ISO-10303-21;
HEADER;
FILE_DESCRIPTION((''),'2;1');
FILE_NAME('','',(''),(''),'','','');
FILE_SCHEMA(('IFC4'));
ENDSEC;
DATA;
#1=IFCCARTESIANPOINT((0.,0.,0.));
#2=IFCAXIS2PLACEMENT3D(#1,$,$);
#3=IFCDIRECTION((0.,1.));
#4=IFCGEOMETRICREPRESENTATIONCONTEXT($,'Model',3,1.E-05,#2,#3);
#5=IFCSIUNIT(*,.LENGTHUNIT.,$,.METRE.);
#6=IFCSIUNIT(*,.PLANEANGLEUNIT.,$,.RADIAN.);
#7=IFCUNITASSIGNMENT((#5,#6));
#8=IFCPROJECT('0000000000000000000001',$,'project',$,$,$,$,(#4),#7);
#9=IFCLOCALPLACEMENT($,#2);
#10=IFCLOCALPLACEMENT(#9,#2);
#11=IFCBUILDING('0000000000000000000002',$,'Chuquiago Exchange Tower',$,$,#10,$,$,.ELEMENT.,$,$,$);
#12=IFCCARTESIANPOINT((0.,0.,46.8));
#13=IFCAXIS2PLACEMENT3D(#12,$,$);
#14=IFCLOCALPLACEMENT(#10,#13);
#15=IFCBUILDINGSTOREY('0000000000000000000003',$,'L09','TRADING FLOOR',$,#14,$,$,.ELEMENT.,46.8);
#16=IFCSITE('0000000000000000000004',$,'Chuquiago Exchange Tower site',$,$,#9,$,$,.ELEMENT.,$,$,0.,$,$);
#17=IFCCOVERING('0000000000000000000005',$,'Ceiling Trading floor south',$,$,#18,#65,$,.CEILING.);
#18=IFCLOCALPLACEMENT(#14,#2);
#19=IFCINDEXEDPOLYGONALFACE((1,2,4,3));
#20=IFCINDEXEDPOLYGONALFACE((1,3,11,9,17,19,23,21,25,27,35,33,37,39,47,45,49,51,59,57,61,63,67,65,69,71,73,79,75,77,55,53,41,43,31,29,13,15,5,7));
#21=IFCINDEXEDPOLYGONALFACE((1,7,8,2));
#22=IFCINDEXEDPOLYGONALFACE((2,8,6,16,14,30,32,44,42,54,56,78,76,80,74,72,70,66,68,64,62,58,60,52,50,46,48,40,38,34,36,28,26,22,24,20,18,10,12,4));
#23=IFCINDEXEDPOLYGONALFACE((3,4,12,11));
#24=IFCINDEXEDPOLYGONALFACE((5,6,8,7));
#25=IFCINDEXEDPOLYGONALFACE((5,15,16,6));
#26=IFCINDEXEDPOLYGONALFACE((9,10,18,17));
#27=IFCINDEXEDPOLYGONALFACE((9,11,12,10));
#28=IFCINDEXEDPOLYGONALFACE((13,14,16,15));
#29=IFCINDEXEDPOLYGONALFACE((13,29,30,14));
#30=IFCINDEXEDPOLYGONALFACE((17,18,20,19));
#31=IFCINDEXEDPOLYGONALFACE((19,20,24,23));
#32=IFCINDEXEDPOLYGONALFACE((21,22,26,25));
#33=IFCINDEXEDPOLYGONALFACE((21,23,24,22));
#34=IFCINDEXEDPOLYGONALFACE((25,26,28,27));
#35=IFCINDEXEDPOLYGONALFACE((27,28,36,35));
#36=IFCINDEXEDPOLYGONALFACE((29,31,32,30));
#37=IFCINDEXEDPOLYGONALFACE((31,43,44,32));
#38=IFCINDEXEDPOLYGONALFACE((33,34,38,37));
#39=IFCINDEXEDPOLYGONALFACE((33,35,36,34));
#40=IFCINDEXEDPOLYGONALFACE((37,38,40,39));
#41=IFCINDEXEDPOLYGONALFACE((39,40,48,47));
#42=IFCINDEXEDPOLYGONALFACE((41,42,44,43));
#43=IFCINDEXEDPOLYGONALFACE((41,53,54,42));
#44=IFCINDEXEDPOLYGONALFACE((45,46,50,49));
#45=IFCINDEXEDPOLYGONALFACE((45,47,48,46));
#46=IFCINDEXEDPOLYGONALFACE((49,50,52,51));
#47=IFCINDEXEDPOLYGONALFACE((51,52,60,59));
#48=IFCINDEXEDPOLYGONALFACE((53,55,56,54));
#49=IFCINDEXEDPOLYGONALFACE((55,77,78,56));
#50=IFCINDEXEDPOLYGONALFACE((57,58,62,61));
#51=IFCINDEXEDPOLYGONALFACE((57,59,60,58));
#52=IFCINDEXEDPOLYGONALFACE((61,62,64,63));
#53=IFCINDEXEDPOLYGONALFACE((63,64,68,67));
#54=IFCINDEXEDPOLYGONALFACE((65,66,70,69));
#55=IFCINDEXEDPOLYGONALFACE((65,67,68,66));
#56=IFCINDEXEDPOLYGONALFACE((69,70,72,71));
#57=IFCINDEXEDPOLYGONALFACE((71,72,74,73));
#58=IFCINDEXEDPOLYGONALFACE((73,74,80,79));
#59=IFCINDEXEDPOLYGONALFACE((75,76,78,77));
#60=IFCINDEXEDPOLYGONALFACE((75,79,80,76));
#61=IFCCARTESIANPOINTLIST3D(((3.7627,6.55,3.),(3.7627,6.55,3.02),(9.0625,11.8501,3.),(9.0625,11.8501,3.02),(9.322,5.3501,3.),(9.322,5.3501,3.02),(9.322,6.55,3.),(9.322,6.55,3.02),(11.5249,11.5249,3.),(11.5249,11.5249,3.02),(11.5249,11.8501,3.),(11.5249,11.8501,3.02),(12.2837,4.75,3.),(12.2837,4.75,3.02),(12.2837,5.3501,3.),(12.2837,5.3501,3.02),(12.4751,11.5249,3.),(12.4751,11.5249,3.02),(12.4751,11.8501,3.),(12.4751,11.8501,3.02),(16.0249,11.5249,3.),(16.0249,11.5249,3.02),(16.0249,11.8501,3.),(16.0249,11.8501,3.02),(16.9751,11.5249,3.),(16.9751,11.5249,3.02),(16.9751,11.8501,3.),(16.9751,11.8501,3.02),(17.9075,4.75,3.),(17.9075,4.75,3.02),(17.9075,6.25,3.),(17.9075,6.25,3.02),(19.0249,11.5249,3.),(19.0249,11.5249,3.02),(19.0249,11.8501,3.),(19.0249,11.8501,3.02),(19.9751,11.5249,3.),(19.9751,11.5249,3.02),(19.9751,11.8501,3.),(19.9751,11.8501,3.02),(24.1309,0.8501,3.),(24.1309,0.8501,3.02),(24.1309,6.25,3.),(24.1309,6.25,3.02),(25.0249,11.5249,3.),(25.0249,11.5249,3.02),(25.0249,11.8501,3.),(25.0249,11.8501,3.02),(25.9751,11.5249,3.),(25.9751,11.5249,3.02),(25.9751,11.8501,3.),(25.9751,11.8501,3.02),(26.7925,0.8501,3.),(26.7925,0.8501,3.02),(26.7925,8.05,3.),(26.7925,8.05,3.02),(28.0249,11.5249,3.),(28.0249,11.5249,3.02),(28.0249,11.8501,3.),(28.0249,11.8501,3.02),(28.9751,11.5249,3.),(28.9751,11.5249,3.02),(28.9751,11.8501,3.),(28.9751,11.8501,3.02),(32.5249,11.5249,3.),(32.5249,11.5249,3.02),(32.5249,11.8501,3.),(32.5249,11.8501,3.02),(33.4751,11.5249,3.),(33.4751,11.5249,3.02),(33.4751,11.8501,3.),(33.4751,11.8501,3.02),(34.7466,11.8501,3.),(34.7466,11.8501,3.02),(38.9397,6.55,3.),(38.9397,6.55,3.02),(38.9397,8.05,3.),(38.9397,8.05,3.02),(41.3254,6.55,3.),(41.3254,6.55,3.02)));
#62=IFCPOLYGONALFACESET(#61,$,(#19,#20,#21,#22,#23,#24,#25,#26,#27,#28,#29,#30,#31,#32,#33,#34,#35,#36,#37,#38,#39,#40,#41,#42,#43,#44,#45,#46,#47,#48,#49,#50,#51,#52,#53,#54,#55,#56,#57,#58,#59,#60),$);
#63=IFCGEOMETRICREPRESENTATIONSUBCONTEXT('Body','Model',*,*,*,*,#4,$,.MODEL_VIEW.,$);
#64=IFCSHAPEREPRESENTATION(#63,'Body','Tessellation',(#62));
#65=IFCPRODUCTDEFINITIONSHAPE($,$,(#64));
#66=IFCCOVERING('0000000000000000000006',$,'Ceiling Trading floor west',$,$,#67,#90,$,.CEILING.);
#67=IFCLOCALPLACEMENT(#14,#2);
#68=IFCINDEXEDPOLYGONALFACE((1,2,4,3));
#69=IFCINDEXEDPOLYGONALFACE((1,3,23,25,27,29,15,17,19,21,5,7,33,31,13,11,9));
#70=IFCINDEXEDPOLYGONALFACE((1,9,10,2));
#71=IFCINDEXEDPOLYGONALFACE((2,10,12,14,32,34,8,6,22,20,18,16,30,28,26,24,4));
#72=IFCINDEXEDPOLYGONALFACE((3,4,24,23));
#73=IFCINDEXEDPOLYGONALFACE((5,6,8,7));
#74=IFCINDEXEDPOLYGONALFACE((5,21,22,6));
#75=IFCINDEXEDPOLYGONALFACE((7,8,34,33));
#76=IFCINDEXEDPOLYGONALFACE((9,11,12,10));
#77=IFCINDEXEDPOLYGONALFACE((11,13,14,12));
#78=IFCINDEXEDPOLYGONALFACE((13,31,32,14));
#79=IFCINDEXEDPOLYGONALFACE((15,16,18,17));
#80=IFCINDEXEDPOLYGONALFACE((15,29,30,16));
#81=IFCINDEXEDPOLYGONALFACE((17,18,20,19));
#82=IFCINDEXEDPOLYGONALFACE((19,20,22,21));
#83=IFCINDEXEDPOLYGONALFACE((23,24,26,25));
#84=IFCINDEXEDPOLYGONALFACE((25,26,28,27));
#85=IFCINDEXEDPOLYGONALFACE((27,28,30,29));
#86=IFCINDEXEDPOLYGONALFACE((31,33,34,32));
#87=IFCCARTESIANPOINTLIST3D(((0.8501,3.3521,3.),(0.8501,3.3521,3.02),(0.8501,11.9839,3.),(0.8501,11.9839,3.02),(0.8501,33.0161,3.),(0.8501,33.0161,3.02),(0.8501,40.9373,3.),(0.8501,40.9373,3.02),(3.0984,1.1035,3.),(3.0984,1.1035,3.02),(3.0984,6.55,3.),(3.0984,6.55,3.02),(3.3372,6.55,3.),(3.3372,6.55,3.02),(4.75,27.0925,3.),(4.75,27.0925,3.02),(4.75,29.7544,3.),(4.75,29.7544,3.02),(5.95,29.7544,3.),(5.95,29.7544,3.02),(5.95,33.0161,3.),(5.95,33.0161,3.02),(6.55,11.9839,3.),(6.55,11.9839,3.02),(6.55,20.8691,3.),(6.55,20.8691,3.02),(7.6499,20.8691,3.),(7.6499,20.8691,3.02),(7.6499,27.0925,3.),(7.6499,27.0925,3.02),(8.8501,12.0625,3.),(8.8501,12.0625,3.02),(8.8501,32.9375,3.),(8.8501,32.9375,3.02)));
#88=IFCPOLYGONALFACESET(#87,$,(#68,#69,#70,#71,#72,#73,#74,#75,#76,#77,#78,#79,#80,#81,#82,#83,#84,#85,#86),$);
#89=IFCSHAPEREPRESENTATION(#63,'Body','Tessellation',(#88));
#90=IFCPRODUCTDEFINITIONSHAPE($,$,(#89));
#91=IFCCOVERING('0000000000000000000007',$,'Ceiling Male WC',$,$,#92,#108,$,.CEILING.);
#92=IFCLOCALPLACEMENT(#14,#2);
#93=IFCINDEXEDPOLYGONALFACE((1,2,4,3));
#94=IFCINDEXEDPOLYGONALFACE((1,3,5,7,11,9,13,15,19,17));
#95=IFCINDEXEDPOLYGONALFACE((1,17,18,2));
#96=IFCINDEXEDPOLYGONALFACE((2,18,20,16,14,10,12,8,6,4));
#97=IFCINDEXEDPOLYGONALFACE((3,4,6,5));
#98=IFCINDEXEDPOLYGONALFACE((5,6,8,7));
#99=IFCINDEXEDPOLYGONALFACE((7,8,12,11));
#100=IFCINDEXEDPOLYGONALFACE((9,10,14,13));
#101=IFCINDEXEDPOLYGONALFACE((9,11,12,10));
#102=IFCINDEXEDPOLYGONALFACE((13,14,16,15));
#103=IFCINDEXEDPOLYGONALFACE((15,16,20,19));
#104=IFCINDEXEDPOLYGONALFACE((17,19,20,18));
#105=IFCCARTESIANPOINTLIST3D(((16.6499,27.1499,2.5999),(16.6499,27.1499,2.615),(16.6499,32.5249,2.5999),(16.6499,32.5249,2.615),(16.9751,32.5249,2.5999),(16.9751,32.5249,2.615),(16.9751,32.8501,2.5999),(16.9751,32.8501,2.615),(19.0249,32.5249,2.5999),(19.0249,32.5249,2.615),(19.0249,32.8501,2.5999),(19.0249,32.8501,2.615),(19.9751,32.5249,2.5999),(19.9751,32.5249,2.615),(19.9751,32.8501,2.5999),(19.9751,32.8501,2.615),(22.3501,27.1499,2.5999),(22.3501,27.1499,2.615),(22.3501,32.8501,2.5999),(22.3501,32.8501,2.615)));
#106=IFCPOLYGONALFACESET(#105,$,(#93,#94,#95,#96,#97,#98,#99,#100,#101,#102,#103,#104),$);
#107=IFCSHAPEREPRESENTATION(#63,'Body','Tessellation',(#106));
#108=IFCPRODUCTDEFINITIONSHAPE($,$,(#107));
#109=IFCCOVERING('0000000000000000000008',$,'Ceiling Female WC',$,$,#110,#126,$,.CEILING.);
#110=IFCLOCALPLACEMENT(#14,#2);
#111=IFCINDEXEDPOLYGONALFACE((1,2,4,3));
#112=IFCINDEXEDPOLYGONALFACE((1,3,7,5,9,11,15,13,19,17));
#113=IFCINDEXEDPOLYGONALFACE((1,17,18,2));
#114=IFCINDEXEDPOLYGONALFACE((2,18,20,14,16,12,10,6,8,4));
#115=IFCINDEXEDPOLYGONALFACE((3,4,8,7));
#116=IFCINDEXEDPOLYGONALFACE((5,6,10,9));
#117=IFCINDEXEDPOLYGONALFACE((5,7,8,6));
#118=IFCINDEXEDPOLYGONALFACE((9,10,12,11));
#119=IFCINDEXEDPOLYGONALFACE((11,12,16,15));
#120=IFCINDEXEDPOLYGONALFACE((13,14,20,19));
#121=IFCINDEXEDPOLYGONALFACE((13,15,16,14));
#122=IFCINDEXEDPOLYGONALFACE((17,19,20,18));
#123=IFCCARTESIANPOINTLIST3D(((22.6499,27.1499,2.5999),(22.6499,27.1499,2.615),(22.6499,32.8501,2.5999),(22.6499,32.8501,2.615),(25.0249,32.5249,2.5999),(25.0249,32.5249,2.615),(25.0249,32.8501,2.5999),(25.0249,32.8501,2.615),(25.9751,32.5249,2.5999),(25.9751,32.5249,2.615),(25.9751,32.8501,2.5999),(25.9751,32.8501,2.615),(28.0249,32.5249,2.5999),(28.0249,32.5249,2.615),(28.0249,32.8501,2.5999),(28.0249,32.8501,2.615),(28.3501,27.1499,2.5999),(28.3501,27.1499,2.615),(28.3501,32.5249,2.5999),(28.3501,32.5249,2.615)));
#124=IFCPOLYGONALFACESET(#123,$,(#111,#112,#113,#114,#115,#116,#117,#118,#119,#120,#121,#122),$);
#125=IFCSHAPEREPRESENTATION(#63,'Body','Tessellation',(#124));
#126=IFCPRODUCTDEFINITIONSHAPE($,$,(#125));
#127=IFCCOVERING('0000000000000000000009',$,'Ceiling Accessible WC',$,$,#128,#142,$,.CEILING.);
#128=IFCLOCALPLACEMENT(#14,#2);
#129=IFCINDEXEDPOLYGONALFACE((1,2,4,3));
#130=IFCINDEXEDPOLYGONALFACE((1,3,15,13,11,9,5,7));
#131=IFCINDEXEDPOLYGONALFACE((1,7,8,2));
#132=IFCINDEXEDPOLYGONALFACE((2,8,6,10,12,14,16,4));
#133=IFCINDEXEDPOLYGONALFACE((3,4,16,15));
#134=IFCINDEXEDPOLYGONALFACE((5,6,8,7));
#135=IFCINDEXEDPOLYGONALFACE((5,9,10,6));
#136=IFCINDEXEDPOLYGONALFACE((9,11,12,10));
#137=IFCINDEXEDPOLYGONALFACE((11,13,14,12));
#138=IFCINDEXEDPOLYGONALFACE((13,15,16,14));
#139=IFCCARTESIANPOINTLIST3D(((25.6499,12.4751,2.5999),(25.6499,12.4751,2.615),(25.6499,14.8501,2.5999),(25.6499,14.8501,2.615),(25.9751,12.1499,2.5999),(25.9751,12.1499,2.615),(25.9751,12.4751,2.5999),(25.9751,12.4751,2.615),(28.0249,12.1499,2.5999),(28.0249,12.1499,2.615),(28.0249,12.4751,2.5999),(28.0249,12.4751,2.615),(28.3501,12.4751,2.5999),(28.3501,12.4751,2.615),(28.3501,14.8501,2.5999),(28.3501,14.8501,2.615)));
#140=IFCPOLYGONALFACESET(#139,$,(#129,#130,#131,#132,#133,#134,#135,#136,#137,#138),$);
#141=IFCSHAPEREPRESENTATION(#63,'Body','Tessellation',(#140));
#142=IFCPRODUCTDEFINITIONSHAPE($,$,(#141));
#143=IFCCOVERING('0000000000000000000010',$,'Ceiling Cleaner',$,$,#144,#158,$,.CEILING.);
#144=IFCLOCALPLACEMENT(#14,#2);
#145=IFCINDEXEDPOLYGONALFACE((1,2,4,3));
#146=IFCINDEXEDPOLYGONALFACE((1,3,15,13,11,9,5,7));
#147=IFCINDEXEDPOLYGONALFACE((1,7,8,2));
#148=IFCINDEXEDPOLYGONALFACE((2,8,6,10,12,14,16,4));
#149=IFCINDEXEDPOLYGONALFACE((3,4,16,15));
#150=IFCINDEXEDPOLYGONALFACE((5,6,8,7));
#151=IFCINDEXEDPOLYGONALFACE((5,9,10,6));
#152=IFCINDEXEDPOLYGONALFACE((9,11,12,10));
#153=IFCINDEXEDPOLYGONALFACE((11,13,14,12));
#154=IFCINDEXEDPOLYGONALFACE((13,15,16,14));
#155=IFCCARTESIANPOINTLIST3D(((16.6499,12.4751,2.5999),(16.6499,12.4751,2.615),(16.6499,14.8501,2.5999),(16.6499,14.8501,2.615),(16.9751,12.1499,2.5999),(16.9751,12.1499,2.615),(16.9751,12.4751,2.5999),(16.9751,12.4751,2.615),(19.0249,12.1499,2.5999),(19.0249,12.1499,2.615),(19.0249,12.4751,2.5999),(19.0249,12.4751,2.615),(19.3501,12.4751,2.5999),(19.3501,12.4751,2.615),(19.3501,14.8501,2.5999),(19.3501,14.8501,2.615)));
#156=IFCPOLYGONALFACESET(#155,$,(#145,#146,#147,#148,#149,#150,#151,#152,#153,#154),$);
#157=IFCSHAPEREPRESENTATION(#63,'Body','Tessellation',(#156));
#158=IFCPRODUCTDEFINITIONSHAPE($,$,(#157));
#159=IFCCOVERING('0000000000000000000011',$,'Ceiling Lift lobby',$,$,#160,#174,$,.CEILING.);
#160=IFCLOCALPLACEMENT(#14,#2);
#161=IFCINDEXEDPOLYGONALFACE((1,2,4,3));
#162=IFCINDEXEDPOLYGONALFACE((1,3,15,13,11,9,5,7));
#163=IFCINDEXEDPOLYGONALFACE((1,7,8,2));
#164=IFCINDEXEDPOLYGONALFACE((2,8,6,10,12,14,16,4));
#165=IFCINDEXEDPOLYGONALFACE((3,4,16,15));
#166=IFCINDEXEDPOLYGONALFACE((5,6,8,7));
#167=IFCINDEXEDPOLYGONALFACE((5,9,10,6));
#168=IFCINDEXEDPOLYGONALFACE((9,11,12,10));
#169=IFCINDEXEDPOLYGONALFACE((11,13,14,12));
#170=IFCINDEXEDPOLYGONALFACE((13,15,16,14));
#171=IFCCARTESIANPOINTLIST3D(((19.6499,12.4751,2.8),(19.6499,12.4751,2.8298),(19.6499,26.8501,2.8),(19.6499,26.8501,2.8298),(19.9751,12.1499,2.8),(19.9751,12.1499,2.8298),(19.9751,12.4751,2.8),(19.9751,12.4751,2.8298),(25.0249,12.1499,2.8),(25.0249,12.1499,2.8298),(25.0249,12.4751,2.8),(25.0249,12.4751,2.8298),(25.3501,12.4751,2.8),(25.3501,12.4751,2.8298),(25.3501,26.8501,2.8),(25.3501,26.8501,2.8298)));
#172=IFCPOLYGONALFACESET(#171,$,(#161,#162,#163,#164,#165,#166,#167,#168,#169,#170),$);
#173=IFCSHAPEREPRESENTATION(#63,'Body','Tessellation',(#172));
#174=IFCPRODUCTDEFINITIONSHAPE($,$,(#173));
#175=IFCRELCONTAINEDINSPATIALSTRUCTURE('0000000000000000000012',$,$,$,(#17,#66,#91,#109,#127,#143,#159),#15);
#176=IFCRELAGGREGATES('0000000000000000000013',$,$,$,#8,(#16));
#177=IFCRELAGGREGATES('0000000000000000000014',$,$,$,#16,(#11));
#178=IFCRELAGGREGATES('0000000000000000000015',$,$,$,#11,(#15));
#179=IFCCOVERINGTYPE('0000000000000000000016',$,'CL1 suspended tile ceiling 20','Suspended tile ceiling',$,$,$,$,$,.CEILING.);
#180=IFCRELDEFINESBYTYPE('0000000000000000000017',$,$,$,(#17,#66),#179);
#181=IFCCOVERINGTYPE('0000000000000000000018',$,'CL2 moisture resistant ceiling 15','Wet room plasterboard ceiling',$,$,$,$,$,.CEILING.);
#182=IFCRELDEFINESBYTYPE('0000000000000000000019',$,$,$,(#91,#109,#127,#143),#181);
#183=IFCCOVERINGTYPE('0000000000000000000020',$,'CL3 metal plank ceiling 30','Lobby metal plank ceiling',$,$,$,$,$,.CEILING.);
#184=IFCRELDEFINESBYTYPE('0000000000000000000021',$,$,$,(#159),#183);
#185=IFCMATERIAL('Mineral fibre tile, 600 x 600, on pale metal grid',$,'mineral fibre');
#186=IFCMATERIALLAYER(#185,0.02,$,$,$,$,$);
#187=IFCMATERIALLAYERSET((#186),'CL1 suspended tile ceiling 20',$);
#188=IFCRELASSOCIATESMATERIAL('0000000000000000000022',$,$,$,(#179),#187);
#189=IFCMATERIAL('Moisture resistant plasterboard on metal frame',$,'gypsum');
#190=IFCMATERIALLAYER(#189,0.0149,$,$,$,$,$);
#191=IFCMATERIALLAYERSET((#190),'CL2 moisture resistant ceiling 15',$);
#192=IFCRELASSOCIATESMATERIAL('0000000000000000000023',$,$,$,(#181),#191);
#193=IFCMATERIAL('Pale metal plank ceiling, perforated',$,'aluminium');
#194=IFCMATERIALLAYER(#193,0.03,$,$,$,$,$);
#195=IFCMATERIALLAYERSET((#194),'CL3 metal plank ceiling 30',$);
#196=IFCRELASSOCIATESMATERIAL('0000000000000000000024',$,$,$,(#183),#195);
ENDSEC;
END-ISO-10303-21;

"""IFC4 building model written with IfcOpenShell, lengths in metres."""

from ifc_helpers import new_model, si_unit, direction, frame, origin, place, context, subcontext, project, spatial, polyline, outline, extrude, material, layer, layer_set, type_object, element, save


model = new_model("IFC4")

# Units and contexts
model_context = context("Model", 3, precision=1e-05, world=origin(), true_north=direction((0.0, 1.0)))
body_context = subcontext(model_context, "Body", "Model", "MODEL_VIEW")
ifc_project = project(units=[si_unit("LENGTHUNIT", "METRE"), si_unit("PLANEANGLEUNIT", "RADIAN")], contexts=[model_context])

# Site, building, storey
site_placement = place(None, origin())
site = spatial("IfcSite", under=ifc_project, at=site_placement, Name="Chuquiago Exchange Tower site", CompositionType="ELEMENT", RefElevation=0.0)
building_placement = place(site_placement, origin())
building = spatial("IfcBuilding", under=site, at=building_placement, Name="Chuquiago Exchange Tower", CompositionType="ELEMENT")
storey_placement = place(building_placement, frame((0.0, 0.0, 46.8)))
storey = spatial("IfcBuildingStorey", under=building, at=storey_placement, Name="L09", Description="TRADING FLOOR", CompositionType="ELEMENT", Elevation=46.8)

# Coverings
ifc_material_1 = material(Name="Mineral fibre tile, 600 x 600, on pale metal grid", Category="mineral fibre")
ifc_layer_1 = layer(ifc_material_1, 0.02)
ifc_layer_set_1 = layer_set([ifc_layer_1], Name="CL1 suspended tile ceiling 20")
covering_type_1 = type_object("IfcCoveringType", Name="CL1 suspended tile ceiling 20", Description="Suspended tile ceiling", PredefinedType="CEILING", material=ifc_layer_set_1)
covering_1_placement = place(storey_placement, frame((0.0, 0.0, 3.0)))
element("IfcCovering", 1, at=covering_1_placement, inside=storey, type_object=covering_type_1, Name="Ceiling Trading floor south", PredefinedType="CEILING", context=body_context, shape_type="SweptSolid", body=[
    extrude(outline(polyline([(38.9397, 8.05), (26.7925, 8.05), (26.7925, 0.8501), (24.1309, 0.8501), (24.1309, 6.25), (17.9075, 6.25), (17.9075, 4.75), (12.2837, 4.75), (12.2837, 5.3501), (9.322, 5.3501), (9.322, 6.55), (3.7627, 6.55), (9.0625, 11.8501), (11.5249, 11.8501), (11.5249, 11.5249), (12.4751, 11.5249), (12.4751, 11.8501), (16.0249, 11.8501), (16.0249, 11.5249), (16.9751, 11.5249), (16.9751, 11.8501), (19.0249, 11.8501), (19.0249, 11.5249), (19.9751, 11.5249), (19.9751, 11.8501), (25.0249, 11.8501), (25.0249, 11.5249), (25.9751, 11.5249), (25.9751, 11.8501), (28.0249, 11.8501), (28.0249, 11.5249), (28.9751, 11.5249), (28.9751, 11.8501), (32.5249, 11.8501), (32.5249, 11.5249), (33.4751, 11.5249), (33.4751, 11.8501), (34.7466, 11.8501), (41.3254, 6.55), (38.9397, 6.55), (38.9397, 8.05)])), origin(), (0.0, 0.0, 1.0), 0.02),
])
covering_2_placement = place(storey_placement, frame((0.0, 0.0, 3.0)))
element("IfcCovering", 2, at=covering_2_placement, inside=storey, type_object=covering_type_1, Name="Ceiling Trading floor west", PredefinedType="CEILING", context=body_context, shape_type="SweptSolid", body=[
    extrude(outline(polyline([(6.55, 20.8691), (7.6499, 20.8691), (7.6499, 27.0925), (4.75, 27.0925), (4.75, 29.7544), (5.95, 29.7544), (5.95, 33.0161), (0.8501, 33.0161), (0.8501, 40.9373), (8.8501, 32.9375), (8.8501, 12.0625), (3.3372, 6.55), (3.0984, 6.55), (3.0984, 1.1035), (0.8501, 3.3521), (0.8501, 11.9839), (6.55, 11.9839), (6.55, 20.8691)])), origin(), (0.0, 0.0, 1.0), 0.02),
])
ifc_material_2 = material(Name="Moisture resistant plasterboard on metal frame", Category="gypsum")
ifc_layer_2 = layer(ifc_material_2, 0.0149)
ifc_layer_set_2 = layer_set([ifc_layer_2], Name="CL2 moisture resistant ceiling 15")
covering_type_2 = type_object("IfcCoveringType", Name="CL2 moisture resistant ceiling 15", Description="Wet room plasterboard ceiling", PredefinedType="CEILING", material=ifc_layer_set_2)
covering_3_placement = place(storey_placement, frame((0.0, 0.0, 2.5999)))
element("IfcCovering", 3, at=covering_3_placement, inside=storey, type_object=covering_type_2, Name="Ceiling Male WC", PredefinedType="CEILING", context=body_context, shape_type="SweptSolid", body=[
    extrude(outline(polyline([(16.6499, 27.1499), (16.6499, 32.5249), (16.9751, 32.5249), (16.9751, 32.8501), (19.0249, 32.8501), (19.0249, 32.5249), (19.9751, 32.5249), (19.9751, 32.8501), (22.3501, 32.8501), (22.3501, 27.1499), (16.6499, 27.1499)])), origin(), (0.0, 0.0, 1.0), 0.0151),
])
covering_4_placement = place(storey_placement, frame((0.0, 0.0, 2.5999)))
element("IfcCovering", 4, at=covering_4_placement, inside=storey, type_object=covering_type_2, Name="Ceiling Female WC", PredefinedType="CEILING", context=body_context, shape_type="SweptSolid", body=[
    extrude(outline(polyline([(22.6499, 27.1499), (22.6499, 32.8501), (25.0249, 32.8501), (25.0249, 32.5249), (25.9751, 32.5249), (25.9751, 32.8501), (28.0249, 32.8501), (28.0249, 32.5249), (28.3501, 32.5249), (28.3501, 27.1499), (22.6499, 27.1499)])), origin(), (0.0, 0.0, 1.0), 0.0151),
])
covering_5_placement = place(storey_placement, frame((0.0, 0.0, 2.5999)))
element("IfcCovering", 5, at=covering_5_placement, inside=storey, type_object=covering_type_2, Name="Ceiling Accessible WC", PredefinedType="CEILING", context=body_context, shape_type="SweptSolid", body=[
    extrude(outline(polyline([(25.9751, 12.1499), (25.9751, 12.4751), (25.6499, 12.4751), (25.6499, 14.8501), (28.3501, 14.8501), (28.3501, 12.4751), (28.0249, 12.4751), (28.0249, 12.1499), (25.9751, 12.1499)])), origin(), (0.0, 0.0, 1.0), 0.0151),
])
covering_6_placement = place(storey_placement, frame((0.0, 0.0, 2.5999)))
element("IfcCovering", 6, at=covering_6_placement, inside=storey, type_object=covering_type_2, Name="Ceiling Cleaner", PredefinedType="CEILING", context=body_context, shape_type="SweptSolid", body=[
    extrude(outline(polyline([(16.9751, 12.1499), (16.9751, 12.4751), (16.6499, 12.4751), (16.6499, 14.8501), (19.3501, 14.8501), (19.3501, 12.4751), (19.0249, 12.4751), (19.0249, 12.1499), (16.9751, 12.1499)])), origin(), (0.0, 0.0, 1.0), 0.0151),
])
ifc_material_3 = material(Name="Pale metal plank ceiling, perforated", Category="aluminium")
ifc_layer_3 = layer(ifc_material_3, 0.03)
ifc_layer_set_3 = layer_set([ifc_layer_3], Name="CL3 metal plank ceiling 30")
covering_type_3 = type_object("IfcCoveringType", Name="CL3 metal plank ceiling 30", Description="Lobby metal plank ceiling", PredefinedType="CEILING", material=ifc_layer_set_3)
covering_7_placement = place(storey_placement, frame((0.0, 0.0, 2.8)))
element("IfcCovering", 7, at=covering_7_placement, inside=storey, type_object=covering_type_3, Name="Ceiling Lift lobby", PredefinedType="CEILING", context=body_context, shape_type="SweptSolid", body=[
    extrude(outline(polyline([(19.9751, 12.1499), (19.9751, 12.4751), (19.6499, 12.4751), (19.6499, 26.8501), (25.3501, 26.8501), (25.3501, 12.4751), (25.0249, 12.4751), (25.0249, 12.1499), (19.9751, 12.1499)])), origin(), (0.0, 0.0, 1.0), 0.0298),
])

save(model, "model.ifc")
